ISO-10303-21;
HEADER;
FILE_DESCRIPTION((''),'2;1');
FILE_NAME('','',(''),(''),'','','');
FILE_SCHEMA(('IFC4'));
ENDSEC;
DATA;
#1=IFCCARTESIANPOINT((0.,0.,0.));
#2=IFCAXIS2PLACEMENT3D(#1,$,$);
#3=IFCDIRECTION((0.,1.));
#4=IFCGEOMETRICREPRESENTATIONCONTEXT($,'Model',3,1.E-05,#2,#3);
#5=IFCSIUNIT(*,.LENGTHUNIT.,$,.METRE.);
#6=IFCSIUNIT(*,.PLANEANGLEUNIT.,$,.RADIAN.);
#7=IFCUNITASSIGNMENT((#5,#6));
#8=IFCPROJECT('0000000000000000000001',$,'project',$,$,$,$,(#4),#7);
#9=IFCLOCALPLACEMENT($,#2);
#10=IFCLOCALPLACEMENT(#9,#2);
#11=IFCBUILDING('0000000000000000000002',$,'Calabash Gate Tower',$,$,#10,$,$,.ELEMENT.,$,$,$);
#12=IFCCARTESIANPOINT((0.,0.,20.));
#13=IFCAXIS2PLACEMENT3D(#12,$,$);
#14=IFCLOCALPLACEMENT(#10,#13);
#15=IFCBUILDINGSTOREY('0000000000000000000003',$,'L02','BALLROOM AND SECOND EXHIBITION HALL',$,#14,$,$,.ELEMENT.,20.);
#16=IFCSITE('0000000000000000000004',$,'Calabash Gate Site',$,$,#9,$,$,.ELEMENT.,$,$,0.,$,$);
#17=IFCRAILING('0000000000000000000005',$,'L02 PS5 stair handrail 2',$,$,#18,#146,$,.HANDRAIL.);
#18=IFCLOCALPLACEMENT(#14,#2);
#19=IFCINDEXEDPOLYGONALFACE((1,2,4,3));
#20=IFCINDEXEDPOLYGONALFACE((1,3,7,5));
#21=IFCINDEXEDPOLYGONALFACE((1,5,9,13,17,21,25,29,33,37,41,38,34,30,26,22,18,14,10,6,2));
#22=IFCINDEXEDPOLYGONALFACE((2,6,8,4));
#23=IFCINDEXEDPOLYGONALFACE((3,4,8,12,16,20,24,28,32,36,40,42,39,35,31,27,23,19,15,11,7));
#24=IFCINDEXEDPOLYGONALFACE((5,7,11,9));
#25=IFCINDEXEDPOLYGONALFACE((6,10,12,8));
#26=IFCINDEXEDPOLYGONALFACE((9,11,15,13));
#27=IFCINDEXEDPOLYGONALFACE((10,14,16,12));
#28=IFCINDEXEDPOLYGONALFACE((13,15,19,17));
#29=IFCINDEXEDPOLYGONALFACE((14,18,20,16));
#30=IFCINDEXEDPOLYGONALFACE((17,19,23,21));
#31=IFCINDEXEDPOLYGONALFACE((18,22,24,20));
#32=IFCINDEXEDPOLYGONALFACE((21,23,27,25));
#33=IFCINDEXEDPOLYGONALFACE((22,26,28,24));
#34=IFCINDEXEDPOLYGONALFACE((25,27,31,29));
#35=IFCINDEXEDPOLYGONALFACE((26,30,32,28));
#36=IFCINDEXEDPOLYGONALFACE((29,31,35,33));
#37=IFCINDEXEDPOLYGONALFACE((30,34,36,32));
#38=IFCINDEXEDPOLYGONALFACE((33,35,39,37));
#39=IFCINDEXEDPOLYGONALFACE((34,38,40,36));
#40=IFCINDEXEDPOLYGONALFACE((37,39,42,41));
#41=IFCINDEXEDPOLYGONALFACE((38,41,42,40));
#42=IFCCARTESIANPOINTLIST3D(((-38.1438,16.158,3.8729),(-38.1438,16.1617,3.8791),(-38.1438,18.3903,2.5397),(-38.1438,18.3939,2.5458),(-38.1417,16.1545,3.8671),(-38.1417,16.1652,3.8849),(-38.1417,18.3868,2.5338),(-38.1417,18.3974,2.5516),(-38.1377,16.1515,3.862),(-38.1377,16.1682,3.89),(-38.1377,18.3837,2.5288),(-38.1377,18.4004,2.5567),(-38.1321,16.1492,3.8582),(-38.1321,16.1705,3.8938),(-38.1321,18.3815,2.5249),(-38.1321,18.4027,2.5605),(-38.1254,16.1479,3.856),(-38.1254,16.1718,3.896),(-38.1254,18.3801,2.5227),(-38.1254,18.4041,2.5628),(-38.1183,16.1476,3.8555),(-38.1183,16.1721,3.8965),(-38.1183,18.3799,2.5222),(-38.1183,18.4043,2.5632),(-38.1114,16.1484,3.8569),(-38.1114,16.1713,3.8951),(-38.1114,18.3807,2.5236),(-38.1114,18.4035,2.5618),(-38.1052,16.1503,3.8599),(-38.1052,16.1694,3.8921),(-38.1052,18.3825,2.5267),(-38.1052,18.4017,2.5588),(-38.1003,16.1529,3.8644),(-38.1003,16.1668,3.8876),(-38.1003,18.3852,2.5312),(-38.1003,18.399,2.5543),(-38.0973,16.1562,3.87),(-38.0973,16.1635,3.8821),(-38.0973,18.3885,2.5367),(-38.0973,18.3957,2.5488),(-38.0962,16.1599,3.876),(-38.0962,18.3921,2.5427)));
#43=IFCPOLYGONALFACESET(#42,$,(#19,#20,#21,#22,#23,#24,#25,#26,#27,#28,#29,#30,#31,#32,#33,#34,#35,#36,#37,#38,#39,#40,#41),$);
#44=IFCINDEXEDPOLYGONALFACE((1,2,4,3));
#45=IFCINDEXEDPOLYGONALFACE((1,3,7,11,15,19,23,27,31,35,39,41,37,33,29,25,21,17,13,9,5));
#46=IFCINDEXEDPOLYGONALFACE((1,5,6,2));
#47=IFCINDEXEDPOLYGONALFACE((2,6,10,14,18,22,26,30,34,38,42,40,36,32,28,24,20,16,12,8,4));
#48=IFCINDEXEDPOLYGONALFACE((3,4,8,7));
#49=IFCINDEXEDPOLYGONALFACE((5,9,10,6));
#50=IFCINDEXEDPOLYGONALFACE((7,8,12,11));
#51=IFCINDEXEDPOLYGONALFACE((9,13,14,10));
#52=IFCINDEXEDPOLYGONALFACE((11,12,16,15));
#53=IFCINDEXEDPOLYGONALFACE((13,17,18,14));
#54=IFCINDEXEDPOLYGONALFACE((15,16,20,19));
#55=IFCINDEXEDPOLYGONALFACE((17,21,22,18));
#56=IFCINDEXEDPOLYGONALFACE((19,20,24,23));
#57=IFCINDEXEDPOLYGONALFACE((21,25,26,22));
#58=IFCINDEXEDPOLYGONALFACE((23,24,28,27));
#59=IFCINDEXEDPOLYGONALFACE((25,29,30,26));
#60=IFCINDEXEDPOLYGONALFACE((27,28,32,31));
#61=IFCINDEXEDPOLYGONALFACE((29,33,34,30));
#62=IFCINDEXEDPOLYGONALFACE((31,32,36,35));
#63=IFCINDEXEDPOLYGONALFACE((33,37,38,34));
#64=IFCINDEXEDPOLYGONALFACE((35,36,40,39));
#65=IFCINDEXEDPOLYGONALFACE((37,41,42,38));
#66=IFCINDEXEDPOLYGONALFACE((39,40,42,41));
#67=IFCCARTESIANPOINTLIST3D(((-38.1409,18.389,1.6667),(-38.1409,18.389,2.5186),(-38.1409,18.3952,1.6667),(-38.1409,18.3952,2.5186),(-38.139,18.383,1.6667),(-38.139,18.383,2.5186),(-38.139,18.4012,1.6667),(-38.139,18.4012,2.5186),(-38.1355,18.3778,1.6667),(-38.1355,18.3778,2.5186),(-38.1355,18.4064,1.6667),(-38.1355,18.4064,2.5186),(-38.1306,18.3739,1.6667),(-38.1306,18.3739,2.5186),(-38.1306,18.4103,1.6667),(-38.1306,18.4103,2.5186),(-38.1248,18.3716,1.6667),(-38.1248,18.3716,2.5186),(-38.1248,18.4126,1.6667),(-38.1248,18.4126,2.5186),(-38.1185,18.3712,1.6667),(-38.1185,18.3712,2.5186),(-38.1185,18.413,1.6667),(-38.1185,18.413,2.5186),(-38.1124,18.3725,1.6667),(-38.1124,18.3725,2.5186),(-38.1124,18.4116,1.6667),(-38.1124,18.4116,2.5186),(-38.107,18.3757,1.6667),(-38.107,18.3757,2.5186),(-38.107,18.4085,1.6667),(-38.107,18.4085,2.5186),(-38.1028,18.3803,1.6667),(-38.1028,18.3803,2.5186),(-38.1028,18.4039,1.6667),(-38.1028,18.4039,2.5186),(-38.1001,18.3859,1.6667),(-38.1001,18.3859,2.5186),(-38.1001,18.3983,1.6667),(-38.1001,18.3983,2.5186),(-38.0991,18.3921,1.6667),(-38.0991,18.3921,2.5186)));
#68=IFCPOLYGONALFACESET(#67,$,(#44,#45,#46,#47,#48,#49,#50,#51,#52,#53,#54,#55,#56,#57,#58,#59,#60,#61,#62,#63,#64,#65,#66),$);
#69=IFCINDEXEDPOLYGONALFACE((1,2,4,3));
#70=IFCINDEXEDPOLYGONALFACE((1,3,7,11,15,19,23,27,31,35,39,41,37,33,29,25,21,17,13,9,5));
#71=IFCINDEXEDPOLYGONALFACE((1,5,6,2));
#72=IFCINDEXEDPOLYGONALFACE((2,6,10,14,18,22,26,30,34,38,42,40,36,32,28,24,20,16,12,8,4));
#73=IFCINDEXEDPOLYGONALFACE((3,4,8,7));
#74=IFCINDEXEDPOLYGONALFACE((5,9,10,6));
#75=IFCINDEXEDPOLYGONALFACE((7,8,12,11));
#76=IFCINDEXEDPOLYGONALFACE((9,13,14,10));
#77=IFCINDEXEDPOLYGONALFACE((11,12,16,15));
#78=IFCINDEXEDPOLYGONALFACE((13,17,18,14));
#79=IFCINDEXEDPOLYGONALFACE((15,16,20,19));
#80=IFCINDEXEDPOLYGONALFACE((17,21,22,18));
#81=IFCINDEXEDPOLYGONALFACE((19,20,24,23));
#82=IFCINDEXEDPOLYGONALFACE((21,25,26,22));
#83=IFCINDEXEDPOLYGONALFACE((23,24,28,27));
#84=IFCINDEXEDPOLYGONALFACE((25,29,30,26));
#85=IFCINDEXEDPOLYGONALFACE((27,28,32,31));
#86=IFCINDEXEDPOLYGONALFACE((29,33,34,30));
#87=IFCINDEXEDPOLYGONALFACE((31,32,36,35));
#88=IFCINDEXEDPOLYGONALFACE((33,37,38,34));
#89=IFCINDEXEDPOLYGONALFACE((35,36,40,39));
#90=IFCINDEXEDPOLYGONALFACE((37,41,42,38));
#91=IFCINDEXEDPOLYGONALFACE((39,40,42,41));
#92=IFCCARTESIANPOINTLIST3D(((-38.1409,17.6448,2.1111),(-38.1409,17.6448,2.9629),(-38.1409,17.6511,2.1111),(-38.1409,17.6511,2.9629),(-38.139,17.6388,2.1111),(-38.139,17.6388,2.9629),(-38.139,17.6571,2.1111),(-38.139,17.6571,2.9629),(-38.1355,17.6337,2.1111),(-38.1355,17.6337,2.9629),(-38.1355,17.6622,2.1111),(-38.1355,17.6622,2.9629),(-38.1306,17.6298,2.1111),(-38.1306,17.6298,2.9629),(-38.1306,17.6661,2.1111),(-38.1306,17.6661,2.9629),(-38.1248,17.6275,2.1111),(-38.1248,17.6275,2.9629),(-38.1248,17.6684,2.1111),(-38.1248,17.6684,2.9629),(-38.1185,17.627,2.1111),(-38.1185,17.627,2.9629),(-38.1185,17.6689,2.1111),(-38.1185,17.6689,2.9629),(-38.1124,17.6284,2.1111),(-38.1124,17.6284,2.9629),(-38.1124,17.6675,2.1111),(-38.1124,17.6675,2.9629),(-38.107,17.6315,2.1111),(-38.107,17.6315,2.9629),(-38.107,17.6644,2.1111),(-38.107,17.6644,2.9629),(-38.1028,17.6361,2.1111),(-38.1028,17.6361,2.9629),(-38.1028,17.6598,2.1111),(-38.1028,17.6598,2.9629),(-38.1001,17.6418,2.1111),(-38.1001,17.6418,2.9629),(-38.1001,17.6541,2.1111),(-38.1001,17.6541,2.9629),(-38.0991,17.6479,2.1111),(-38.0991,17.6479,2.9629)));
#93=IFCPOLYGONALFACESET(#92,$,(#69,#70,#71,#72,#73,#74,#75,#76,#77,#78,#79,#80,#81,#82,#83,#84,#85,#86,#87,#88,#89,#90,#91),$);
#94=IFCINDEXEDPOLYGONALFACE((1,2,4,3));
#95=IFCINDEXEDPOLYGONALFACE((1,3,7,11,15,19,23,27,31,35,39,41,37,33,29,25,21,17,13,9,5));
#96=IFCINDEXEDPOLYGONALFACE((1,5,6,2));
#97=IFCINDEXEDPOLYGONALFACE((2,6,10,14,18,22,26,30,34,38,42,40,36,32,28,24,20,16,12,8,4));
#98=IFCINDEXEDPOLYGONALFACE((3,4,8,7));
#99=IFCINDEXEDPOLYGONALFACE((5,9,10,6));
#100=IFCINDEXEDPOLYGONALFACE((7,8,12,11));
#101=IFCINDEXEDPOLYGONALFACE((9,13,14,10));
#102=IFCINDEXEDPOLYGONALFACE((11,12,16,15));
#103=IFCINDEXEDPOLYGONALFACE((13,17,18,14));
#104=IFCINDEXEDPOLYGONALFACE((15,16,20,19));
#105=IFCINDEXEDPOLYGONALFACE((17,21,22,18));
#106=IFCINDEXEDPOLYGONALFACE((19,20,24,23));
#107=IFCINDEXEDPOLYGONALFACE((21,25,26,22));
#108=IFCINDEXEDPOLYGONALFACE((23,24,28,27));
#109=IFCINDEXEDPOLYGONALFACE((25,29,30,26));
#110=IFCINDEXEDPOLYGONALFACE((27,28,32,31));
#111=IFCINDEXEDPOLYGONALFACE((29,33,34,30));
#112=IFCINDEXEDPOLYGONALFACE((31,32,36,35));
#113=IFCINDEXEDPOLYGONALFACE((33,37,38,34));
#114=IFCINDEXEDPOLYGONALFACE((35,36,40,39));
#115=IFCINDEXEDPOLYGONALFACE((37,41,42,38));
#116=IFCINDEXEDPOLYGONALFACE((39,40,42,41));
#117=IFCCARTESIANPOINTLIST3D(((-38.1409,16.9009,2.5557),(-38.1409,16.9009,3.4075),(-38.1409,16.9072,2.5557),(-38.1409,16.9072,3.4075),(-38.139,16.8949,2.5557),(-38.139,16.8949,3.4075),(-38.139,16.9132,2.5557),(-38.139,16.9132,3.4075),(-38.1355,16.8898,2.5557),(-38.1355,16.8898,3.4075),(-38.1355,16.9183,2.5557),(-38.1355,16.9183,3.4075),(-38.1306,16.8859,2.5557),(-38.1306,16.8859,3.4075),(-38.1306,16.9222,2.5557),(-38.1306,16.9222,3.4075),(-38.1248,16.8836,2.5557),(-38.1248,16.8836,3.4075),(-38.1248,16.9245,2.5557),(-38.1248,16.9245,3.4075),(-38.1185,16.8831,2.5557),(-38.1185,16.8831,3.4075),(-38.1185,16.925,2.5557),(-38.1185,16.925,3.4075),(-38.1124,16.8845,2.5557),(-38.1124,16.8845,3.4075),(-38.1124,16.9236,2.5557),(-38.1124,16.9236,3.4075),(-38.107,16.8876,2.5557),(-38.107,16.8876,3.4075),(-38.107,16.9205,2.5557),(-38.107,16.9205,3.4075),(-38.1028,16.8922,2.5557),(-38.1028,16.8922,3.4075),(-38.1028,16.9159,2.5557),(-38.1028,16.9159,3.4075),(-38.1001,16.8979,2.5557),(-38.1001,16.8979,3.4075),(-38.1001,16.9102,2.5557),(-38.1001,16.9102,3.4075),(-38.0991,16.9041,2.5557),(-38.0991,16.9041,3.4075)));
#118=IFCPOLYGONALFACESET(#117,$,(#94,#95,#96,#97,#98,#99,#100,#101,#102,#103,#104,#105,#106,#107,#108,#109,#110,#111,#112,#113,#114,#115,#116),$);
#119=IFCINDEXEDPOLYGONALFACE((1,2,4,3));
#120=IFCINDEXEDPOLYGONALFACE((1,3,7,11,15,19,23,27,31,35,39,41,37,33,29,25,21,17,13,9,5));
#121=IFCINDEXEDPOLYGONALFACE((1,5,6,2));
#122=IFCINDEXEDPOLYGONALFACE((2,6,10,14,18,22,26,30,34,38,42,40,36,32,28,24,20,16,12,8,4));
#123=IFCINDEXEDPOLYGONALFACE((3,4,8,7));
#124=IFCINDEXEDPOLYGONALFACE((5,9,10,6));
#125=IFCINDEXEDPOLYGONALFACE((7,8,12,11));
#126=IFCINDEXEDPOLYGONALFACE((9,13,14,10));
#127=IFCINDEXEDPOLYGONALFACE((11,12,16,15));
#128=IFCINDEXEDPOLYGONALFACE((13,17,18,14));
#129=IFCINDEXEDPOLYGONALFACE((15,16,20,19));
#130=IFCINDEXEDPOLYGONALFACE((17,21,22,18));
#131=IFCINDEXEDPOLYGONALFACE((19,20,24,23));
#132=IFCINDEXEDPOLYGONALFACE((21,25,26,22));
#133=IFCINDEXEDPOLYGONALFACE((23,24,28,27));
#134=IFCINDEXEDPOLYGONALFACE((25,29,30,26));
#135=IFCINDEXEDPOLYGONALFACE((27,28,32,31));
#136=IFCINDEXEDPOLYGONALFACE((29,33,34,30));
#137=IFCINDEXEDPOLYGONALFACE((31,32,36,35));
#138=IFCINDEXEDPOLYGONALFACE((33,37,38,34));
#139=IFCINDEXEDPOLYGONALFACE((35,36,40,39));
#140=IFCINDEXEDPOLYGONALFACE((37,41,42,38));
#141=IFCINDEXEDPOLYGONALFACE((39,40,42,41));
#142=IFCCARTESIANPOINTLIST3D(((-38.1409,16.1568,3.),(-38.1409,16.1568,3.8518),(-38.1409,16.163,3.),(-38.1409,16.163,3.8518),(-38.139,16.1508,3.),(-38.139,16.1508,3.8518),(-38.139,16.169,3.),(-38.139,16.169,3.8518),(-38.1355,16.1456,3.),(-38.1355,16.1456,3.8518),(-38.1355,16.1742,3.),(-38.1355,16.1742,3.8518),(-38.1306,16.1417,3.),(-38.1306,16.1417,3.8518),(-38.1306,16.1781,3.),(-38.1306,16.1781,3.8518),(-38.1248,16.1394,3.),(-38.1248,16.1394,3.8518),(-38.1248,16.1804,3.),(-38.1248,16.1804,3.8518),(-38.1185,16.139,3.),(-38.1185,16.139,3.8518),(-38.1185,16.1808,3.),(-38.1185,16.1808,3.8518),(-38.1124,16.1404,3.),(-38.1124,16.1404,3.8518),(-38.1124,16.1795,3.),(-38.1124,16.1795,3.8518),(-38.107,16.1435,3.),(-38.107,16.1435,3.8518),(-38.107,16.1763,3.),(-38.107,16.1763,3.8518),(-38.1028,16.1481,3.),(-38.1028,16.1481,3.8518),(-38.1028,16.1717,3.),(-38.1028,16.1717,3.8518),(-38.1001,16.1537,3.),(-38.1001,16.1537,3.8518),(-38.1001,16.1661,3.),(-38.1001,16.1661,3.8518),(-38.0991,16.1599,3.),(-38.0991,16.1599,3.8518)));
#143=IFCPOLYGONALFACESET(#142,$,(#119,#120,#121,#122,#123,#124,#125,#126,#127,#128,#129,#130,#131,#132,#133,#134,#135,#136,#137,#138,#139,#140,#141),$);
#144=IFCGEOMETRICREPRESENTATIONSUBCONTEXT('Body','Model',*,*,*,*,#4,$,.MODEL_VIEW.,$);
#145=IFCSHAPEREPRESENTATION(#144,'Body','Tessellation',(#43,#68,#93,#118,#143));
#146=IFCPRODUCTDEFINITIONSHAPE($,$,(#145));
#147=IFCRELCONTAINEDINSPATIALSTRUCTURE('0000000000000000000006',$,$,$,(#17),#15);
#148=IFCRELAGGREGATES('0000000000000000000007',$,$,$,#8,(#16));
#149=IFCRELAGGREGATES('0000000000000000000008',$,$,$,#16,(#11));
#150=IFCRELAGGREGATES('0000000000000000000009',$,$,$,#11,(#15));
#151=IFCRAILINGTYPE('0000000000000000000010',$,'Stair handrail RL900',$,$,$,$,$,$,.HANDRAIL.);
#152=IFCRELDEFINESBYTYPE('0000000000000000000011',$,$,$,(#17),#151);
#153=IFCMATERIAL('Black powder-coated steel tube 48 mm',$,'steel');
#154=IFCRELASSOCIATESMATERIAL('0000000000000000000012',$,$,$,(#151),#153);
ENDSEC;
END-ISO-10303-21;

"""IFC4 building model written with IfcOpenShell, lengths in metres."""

from ifc_helpers import new_model, si_unit, direction, frame, origin, origin_2d, place, context, subcontext, project, spatial, circle, extrude, material, type_object, element, save


model = new_model("IFC4")

# Units and contexts
model_context = context("Model", 3, precision=1e-05, world=origin(), true_north=direction((0.0, 1.0)))
body_context = subcontext(model_context, "Body", "Model", "MODEL_VIEW")
ifc_project = project(units=[si_unit("LENGTHUNIT", "METRE"), si_unit("PLANEANGLEUNIT", "RADIAN")], contexts=[model_context])

# Site, building, storey
site_placement = place(None, origin())
site = spatial("IfcSite", under=ifc_project, at=site_placement, Name="Calabash Gate Site", CompositionType="ELEMENT", RefElevation=0.0)
building_placement = place(site_placement, origin())
building = spatial("IfcBuilding", under=site, at=building_placement, Name="Calabash Gate Tower", CompositionType="ELEMENT")
storey_placement = place(building_placement, frame((0.0, 0.0, 20.0)))
storey = spatial("IfcBuildingStorey", under=building, at=storey_placement, Name="L02", Description="BALLROOM AND SECOND EXHIBITION HALL", CompositionType="ELEMENT", Elevation=20.0)

# Railing
ifc_material_1 = material(Name="Black powder-coated steel tube 48 mm", Category="steel")
railing_type_1 = type_object("IfcRailingType", Name="Stair handrail RL900", PredefinedType="HANDRAIL", material=ifc_material_1)
for number, where, name in (
    (1, (-38.1201, 18.3921, 1.6667), "L02 PS5 stair handrail 2"),
):
    element("IfcRailing", number, at=place(storey_placement, frame(where)), inside=storey, type_object=railing_type_1, Name=name, PredefinedType="HANDRAIL", context=body_context, shape_type="SweptSolid", body=[
        extrude(circle(Radius=0.0239, at=origin_2d()), frame((0.0, 0.0, 0.876), z_axis=(0.0, -0.858519, 0.512782), x_axis=(1.0, 0.0, 0.0)), (0.0, 0.0, 1.0), 2.6001),
        extrude(circle(Radius=0.021, at=origin_2d()), origin(), (0.0, 0.0, 1.0), 0.8518),
        extrude(circle(Radius=0.021, at=origin_2d()), frame((0.0, -0.7441, 0.4443)), (0.0, 0.0, 1.0), 0.8518),
        extrude(circle(Radius=0.021, at=origin_2d()), frame((0.0, -1.488, 0.8889)), (0.0, 0.0, 1.0), 0.8518),
        extrude(circle(Radius=0.021, at=origin_2d()), frame((0.0, -2.2322, 1.3333)), (0.0, 0.0, 1.0), 0.8518),
    ])

save(model, "model.ifc")
